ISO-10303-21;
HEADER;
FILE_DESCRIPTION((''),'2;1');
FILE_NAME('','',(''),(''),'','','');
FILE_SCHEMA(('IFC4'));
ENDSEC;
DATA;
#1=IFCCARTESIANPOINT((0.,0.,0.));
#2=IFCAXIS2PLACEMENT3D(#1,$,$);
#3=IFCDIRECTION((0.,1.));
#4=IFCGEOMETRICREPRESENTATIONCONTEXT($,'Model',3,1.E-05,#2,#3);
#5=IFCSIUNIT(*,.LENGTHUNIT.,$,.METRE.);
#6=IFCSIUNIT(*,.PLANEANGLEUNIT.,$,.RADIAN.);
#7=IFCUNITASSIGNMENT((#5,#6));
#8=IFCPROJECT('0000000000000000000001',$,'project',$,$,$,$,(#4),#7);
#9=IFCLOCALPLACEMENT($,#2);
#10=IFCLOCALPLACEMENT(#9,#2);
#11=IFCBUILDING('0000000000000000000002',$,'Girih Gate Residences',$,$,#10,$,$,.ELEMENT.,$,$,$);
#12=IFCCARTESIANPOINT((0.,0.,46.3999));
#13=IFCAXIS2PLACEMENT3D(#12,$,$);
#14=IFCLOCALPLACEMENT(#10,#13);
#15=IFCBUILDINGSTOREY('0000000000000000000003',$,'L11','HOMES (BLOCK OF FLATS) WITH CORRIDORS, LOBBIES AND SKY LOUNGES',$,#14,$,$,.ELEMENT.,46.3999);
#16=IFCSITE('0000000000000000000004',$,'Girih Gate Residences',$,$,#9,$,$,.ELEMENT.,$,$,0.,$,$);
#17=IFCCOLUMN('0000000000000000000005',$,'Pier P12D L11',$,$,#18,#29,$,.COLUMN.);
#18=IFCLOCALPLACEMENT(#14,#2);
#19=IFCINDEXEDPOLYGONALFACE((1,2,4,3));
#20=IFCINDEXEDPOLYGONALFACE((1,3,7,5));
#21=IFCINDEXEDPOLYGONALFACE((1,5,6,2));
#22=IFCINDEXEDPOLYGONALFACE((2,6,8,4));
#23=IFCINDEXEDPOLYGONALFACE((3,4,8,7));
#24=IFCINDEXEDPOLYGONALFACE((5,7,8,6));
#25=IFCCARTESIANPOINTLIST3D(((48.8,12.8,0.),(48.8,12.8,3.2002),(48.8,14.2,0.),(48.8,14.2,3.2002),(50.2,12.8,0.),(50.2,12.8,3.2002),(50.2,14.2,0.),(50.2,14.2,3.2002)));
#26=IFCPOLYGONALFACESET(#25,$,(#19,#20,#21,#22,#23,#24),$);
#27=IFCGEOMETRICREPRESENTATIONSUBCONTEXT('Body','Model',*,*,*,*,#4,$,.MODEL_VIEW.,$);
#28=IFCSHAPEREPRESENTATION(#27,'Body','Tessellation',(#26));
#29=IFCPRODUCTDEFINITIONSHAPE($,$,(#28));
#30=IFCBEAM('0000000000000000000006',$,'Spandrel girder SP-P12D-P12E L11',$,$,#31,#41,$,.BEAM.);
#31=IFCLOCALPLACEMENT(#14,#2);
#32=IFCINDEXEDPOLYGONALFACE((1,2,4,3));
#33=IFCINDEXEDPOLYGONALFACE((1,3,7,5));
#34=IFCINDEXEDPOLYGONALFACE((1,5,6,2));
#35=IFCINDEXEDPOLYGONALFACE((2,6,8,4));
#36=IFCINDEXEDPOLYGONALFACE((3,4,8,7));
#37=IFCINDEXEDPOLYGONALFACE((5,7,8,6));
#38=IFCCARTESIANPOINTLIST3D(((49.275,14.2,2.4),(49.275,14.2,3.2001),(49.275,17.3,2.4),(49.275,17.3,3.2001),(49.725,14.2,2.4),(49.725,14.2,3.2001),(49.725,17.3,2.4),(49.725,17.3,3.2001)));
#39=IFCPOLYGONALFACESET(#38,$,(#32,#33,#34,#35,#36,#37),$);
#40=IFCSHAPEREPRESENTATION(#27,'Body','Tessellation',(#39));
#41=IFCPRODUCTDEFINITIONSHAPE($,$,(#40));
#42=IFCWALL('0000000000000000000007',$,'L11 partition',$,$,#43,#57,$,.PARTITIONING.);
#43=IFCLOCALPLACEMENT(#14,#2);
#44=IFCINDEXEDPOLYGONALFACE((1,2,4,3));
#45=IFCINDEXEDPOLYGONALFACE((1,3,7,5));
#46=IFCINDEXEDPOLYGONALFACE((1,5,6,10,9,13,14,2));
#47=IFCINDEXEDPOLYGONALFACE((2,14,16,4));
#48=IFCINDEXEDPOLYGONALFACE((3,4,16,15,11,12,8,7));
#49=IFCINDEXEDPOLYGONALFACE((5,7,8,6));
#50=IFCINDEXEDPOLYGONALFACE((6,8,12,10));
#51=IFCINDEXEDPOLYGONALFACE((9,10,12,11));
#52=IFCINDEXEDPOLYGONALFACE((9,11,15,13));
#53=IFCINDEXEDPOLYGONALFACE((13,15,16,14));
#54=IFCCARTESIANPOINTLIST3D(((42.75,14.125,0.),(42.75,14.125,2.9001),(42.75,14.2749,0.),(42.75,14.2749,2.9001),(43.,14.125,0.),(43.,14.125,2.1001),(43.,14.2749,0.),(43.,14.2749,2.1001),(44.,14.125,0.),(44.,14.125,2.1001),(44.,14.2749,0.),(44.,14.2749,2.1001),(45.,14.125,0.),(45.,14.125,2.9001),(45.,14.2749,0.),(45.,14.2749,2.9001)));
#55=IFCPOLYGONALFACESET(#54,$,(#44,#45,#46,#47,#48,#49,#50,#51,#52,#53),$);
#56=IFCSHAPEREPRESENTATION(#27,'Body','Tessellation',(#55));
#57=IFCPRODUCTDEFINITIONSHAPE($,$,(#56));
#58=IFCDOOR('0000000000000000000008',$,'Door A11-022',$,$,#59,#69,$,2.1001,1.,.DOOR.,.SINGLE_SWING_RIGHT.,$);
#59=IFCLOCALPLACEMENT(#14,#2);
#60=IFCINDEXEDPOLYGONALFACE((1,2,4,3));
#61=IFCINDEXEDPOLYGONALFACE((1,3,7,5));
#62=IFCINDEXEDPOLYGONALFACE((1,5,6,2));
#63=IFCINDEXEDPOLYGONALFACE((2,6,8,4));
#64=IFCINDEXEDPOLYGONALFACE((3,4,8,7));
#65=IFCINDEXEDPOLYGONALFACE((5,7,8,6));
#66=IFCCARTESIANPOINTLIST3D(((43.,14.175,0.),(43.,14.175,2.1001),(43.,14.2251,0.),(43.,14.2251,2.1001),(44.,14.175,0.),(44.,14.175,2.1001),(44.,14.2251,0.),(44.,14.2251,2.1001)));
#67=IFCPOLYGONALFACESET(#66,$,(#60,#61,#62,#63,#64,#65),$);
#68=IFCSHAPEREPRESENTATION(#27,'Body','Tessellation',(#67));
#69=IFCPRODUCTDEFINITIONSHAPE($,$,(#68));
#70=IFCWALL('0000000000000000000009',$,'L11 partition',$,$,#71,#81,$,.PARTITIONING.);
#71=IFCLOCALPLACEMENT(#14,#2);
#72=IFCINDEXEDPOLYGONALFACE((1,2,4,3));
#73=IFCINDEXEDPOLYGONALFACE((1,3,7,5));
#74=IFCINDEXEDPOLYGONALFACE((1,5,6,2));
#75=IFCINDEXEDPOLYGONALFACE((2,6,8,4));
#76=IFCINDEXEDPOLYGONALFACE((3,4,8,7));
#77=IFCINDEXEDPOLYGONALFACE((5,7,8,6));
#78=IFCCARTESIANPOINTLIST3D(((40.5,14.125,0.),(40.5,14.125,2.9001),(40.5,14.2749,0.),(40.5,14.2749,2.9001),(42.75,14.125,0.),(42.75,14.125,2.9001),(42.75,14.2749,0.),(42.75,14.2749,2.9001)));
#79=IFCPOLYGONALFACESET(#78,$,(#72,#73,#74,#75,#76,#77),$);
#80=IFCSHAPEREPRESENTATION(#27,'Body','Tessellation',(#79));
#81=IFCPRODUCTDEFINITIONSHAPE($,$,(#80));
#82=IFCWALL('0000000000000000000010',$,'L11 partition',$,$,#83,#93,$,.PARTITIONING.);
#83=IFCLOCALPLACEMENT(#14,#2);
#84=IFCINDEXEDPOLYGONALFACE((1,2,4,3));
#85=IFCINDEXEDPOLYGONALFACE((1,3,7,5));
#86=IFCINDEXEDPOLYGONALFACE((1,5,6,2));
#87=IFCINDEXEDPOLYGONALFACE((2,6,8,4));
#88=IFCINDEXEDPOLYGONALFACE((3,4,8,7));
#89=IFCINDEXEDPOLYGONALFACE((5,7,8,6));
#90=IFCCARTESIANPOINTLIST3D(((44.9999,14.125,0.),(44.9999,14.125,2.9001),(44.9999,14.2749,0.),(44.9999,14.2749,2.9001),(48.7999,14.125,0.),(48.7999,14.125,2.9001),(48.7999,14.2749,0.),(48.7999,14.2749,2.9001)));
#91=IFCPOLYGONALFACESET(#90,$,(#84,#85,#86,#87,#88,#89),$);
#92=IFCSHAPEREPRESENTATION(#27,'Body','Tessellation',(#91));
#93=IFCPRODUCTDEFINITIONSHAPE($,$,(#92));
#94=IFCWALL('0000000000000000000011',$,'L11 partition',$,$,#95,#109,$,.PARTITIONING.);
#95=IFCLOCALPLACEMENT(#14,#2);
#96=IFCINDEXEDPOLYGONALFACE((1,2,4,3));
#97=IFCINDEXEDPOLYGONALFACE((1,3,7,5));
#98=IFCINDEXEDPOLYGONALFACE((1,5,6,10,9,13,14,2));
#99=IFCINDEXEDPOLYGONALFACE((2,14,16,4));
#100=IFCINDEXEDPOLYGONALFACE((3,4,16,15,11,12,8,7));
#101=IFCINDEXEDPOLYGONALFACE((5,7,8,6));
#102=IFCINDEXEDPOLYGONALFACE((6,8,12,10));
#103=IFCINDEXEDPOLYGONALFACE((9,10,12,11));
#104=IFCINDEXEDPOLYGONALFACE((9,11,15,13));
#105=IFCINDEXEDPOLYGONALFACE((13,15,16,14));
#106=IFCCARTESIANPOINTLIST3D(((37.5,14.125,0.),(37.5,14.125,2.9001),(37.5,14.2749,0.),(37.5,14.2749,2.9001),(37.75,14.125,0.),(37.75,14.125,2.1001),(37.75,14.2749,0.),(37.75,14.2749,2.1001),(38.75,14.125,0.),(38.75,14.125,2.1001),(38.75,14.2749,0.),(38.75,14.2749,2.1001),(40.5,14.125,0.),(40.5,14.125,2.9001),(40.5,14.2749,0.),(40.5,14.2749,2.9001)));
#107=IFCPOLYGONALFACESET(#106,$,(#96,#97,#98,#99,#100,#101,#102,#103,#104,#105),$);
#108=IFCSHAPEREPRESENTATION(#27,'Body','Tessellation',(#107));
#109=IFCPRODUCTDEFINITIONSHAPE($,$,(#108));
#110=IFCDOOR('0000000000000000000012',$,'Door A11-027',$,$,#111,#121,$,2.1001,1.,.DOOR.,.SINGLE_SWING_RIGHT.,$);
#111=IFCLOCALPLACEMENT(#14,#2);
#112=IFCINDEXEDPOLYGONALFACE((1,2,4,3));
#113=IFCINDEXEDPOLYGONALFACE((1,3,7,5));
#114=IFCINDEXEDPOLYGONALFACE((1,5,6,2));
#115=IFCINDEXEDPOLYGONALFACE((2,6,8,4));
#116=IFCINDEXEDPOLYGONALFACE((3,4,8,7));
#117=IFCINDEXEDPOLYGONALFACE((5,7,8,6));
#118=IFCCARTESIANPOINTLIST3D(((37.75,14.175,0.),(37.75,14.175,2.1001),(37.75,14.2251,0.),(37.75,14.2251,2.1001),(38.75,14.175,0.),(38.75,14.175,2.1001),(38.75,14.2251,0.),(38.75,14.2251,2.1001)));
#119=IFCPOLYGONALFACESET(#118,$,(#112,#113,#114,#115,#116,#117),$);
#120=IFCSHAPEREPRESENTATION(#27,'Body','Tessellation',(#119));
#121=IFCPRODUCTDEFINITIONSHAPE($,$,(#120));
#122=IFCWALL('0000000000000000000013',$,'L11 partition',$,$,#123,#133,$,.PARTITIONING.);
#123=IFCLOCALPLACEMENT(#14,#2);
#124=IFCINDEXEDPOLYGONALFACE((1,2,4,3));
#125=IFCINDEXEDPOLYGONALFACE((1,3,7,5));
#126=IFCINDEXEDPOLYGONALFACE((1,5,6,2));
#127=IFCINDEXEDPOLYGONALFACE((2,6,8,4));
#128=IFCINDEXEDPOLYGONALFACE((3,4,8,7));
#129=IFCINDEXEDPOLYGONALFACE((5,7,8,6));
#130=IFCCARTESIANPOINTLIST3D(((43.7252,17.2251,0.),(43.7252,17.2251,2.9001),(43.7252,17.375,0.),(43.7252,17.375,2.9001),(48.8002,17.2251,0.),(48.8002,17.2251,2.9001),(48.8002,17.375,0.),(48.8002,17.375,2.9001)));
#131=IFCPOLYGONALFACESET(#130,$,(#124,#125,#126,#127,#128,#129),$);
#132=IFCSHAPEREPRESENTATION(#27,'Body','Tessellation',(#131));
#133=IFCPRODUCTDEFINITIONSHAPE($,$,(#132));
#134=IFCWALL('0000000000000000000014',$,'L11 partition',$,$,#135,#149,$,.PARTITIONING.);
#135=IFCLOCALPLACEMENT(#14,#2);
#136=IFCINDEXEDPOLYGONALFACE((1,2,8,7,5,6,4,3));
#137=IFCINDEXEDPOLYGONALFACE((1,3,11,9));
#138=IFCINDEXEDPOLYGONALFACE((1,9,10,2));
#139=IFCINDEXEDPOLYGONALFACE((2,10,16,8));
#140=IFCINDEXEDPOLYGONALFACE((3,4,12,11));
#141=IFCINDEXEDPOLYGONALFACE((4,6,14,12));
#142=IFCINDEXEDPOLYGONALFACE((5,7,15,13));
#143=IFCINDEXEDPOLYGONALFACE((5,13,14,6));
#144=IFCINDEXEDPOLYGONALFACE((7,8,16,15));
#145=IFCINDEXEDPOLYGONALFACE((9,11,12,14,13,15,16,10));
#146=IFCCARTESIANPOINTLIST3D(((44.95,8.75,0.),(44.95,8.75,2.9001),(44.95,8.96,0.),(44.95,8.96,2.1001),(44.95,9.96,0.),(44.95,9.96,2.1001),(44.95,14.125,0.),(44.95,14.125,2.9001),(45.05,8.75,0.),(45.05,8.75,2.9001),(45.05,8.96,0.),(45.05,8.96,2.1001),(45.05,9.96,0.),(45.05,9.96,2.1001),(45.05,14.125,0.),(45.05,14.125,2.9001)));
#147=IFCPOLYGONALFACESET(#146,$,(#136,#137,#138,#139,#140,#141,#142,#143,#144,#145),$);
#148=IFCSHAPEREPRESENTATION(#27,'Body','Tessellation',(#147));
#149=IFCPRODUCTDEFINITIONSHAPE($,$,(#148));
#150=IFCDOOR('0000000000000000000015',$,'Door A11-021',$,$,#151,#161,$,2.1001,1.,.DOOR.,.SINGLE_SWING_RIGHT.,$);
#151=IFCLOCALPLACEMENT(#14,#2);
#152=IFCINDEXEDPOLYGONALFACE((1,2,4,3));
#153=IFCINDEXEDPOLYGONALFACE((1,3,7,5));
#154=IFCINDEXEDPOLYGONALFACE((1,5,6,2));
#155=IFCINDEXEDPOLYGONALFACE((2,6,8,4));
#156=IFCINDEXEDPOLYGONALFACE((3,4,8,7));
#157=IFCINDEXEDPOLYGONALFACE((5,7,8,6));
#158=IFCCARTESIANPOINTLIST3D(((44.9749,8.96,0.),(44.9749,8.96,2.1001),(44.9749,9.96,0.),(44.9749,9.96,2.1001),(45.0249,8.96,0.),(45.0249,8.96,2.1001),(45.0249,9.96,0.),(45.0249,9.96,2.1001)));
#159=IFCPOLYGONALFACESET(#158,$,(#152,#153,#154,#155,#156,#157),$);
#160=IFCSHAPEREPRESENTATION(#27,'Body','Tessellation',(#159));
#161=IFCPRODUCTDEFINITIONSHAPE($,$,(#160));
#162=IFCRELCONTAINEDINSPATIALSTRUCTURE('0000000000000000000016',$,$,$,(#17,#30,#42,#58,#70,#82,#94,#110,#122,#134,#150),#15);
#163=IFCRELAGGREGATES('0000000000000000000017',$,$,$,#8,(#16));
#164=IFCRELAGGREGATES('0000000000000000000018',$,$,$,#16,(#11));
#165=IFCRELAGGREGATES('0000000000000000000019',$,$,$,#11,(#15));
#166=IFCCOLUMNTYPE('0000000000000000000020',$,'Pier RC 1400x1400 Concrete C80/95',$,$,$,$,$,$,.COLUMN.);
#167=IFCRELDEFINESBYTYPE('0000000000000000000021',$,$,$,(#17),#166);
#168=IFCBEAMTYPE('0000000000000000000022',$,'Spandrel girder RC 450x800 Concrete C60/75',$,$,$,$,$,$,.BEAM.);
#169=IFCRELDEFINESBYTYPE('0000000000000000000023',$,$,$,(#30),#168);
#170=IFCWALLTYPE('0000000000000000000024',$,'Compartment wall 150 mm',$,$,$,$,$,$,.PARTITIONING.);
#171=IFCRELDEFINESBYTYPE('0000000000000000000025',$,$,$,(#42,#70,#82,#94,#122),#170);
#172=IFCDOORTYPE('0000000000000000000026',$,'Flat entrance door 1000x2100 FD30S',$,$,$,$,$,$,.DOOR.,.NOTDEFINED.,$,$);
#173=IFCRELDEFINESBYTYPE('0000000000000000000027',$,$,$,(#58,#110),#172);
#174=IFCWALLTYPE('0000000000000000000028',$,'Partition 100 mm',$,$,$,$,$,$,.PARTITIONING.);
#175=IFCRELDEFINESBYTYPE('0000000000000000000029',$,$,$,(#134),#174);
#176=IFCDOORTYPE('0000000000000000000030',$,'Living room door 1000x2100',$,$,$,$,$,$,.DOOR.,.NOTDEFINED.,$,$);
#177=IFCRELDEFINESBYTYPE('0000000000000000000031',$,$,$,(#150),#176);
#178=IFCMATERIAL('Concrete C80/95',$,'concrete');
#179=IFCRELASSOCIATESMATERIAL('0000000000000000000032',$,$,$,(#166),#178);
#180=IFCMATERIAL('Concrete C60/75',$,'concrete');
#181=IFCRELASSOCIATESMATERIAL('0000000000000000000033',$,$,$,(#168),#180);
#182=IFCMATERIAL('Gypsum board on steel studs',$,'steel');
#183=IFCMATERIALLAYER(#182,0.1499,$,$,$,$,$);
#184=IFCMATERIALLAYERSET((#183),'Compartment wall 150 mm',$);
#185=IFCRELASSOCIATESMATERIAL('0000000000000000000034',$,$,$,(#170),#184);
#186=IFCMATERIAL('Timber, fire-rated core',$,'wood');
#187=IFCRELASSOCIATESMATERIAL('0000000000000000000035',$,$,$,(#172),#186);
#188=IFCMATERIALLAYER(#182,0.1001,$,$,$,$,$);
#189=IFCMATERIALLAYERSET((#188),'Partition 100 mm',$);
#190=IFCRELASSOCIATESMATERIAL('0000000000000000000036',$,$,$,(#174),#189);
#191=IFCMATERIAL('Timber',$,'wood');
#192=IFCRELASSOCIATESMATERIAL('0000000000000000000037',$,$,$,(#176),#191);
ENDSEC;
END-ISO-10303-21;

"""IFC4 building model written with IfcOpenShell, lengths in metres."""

from ifc_helpers import new_model, si_unit, direction, frame, frame_2d, origin, origin_2d, place, context, subcontext, project, spatial, rectangle, extrude, material, layer, layer_set, material_profile, profile_set, type_object, element, fill, save


model = new_model("IFC4")

# Units and contexts
model_context = context("Model", 3, precision=1e-05, world=origin(), true_north=direction((0.0, 1.0)))
body_context = subcontext(model_context, "Body", "Model", "MODEL_VIEW")
ifc_project = project(units=[si_unit("LENGTHUNIT", "METRE"), si_unit("PLANEANGLEUNIT", "RADIAN")], contexts=[model_context])

# Site, building, storey
site_placement = place(None, origin())
site = spatial("IfcSite", under=ifc_project, at=site_placement, Name="Girih Gate Residences", CompositionType="ELEMENT", RefElevation=0.0)
building_placement = place(site_placement, origin())
building = spatial("IfcBuilding", under=site, at=building_placement, Name="Girih Gate Residences", CompositionType="ELEMENT")
storey_placement = place(building_placement, frame((0.0, 0.0, 46.3999)))
storey = spatial("IfcBuildingStorey", under=building, at=storey_placement, Name="L11", Description="HOMES (BLOCK OF FLATS) WITH CORRIDORS, LOBBIES AND SKY LOUNGES", CompositionType="ELEMENT", Elevation=46.3999)

# Column
ifc_material_1 = material(Name="Concrete C80/95", Category="concrete")
ifc_material_profile_1 = material_profile(ifc_material_1, rectangle(XDim=1.3999, YDim=1.3999, at=origin_2d()))
ifc_profile_set_1 = profile_set([ifc_material_profile_1], Name="Concrete C80/95")
column_type = type_object("IfcColumnType", Name="Pier RC 1400x1400 Concrete C80/95", PredefinedType="COLUMN", material=ifc_profile_set_1)
column_placement = place(storey_placement, frame((49.5, 13.5, 0.0), z_axis=(0.0, 0.0, 1.0), x_axis=(1.0, 0.0, 0.0)))
element("IfcColumn", 1, at=column_placement, inside=storey, type_object=column_type, Name="Pier P12D L11", PredefinedType="COLUMN", context=body_context, shape_type="SweptSolid", body=[
    extrude(rectangle(XDim=1.3999, YDim=1.3999, at=origin_2d()), origin(), (0.0, 0.0, 1.0), 3.2002),
])

# Beam
ifc_material_2 = material(Name="Concrete C60/75", Category="concrete")
ifc_material_profile_2 = material_profile(ifc_material_2, rectangle(XDim=0.45, YDim=0.8, at=origin_2d()))
ifc_profile_set_2 = profile_set([ifc_material_profile_2], Name="Concrete C60/75")
beam_type = type_object("IfcBeamType", Name="Spandrel girder RC 450x800 Concrete C60/75", PredefinedType="BEAM", material=ifc_profile_set_2)
beam_placement = place(storey_placement, frame((49.5, 14.2, 2.8), z_axis=(0.0, 1.0, 0.0), x_axis=(-1.0, 0.0, 0.0)))
element("IfcBeam", 2, at=beam_placement, inside=storey, type_object=beam_type, Name="Spandrel girder SP-P12D-P12E L11", PredefinedType="BEAM", context=body_context, shape_type="SweptSolid", body=[
    extrude(rectangle(XDim=0.45, YDim=0.8, at=origin_2d()), origin(), (0.0, 0.0, 1.0), 3.1001),
])

# Wall, opening, door
ifc_material_3 = material(Name="Gypsum board on steel studs", Category="steel")
ifc_layer_1 = layer(ifc_material_3, 0.1499)
ifc_layer_set_1 = layer_set([ifc_layer_1], Name="Compartment wall 150 mm")
wall_type_1 = type_object("IfcWallType", Name="Compartment wall 150 mm", PredefinedType="PARTITIONING", material=ifc_layer_set_1)
wall_1_placement = place(storey_placement, frame((45.0, 14.2, 0.0), z_axis=(0.0, 0.0, 1.0), x_axis=(-1.0, 0.0, 0.0)))
wall_1 = element("IfcWall", 3, at=wall_1_placement, inside=storey, type_object=wall_type_1, Name="L11 partition", PredefinedType="PARTITIONING", context=body_context, shape_type="SweptSolid", body=[
    extrude(rectangle(XDim=2.25, YDim=0.1499, at=frame_2d((1.125, 0.0))), origin(), (0.0, 0.0, 1.0), 2.9001),
])
opening_1_placement = place(wall_1_placement, frame((1.0, 0.0, 0.0)))
opening_1 = element("IfcOpeningElement", 4, at=opening_1_placement, cuts=wall_1, PredefinedType="OPENING", context=body_context, shape_type="SweptSolid", body=[
    extrude(rectangle(XDim=1.0, YDim=2.1001, at=frame_2d((0.5, 1.05))), frame((0.0, 0.085, 0.0), z_axis=(0.0, -1.0, 0.0), x_axis=(1.0, 0.0, 0.0)), (0.0, 0.0, 1.0), 0.1699),
])
ifc_material_4 = material(Name="Timber, fire-rated core", Category="wood")
door_type_1 = type_object("IfcDoorType", Name="Flat entrance door 1000x2100 FD30S", OperationType="NOTDEFINED", PredefinedType="DOOR", material=ifc_material_4)
door_1_placement = place(opening_1_placement, origin())
door_1 = element("IfcDoor", 5, at=door_1_placement, inside=storey, type_object=door_type_1, Name="Door A11-022", OperationType="SINGLE_SWING_RIGHT", OverallHeight=2.1001, OverallWidth=1.0, PredefinedType="DOOR", context=body_context, shape_type="SweptSolid", body=[
    extrude(rectangle(XDim=1.0, YDim=2.1001, at=frame_2d((0.5, 1.05))), frame((0.0, 0.0249, 0.0), z_axis=(0.0, -1.0, 0.0), x_axis=(1.0, 0.0, 0.0)), (0.0, 0.0, 1.0), 0.05),
])
fill(opening_1, door_1)

# Walls
wall_2_placement = place(storey_placement, frame((40.5, 14.2, 0.0), z_axis=(0.0, 0.0, 1.0), x_axis=(1.0, 0.0, 0.0)))
element("IfcWall", 6, at=wall_2_placement, inside=storey, type_object=wall_type_1, Name="L11 partition", PredefinedType="PARTITIONING", context=body_context, shape_type="SweptSolid", body=[
    extrude(rectangle(XDim=2.25, YDim=0.1499, at=frame_2d((1.125, 0.0))), origin(), (0.0, 0.0, 1.0), 2.9001),
])
wall_3_placement = place(storey_placement, frame((45.0, 14.2, 0.0), z_axis=(0.0, 0.0, 1.0), x_axis=(1.0, 0.0, 0.0)))
element("IfcWall", 7, at=wall_3_placement, inside=storey, type_object=wall_type_1, Name="L11 partition", PredefinedType="PARTITIONING", context=body_context, shape_type="SweptSolid", body=[
    extrude(rectangle(XDim=3.8, YDim=0.1499, at=frame_2d((1.8999, 0.0))), origin(), (0.0, 0.0, 1.0), 2.9001),
])

# Wall, opening, door
wall_4_placement = place(storey_placement, frame((40.5, 14.2, 0.0), z_axis=(0.0, 0.0, 1.0), x_axis=(-1.0, 0.0, 0.0)))
wall_4 = element("IfcWall", 8, at=wall_4_placement, inside=storey, type_object=wall_type_1, Name="L11 partition", PredefinedType="PARTITIONING", context=body_context, shape_type="SweptSolid", body=[
    extrude(rectangle(XDim=3.0, YDim=0.1499, at=frame_2d((1.5, 0.0))), origin(), (0.0, 0.0, 1.0), 2.9001),
])
opening_2_placement = place(wall_4_placement, frame((1.75, 0.0, 0.0)))
opening_2 = element("IfcOpeningElement", 9, at=opening_2_placement, cuts=wall_4, PredefinedType="OPENING", context=body_context, shape_type="SweptSolid", body=[
    extrude(rectangle(XDim=1.0, YDim=2.1001, at=frame_2d((0.5, 1.05))), frame((0.0, 0.085, 0.0), z_axis=(0.0, -1.0, 0.0), x_axis=(1.0, 0.0, 0.0)), (0.0, 0.0, 1.0), 0.1699),
])
door_2_placement = place(opening_2_placement, origin())
door_2 = element("IfcDoor", 10, at=door_2_placement, inside=storey, type_object=door_type_1, Name="Door A11-027", OperationType="SINGLE_SWING_RIGHT", OverallHeight=2.1001, OverallWidth=1.0, PredefinedType="DOOR", context=body_context, shape_type="SweptSolid", body=[
    extrude(rectangle(XDim=1.0, YDim=2.1001, at=frame_2d((0.5, 1.05))), frame((0.0, 0.0249, 0.0), z_axis=(0.0, -1.0, 0.0), x_axis=(1.0, 0.0, 0.0)), (0.0, 0.0, 1.0), 0.05),
])
fill(opening_2, door_2)

# Wall
wall_5_placement = place(storey_placement, frame((43.7251, 17.3, 0.0), z_axis=(0.0, 0.0, 1.0), x_axis=(1.0, 0.0, 0.0)))
element("IfcWall", 11, at=wall_5_placement, inside=storey, type_object=wall_type_1, Name="L11 partition", PredefinedType="PARTITIONING", context=body_context, shape_type="SweptSolid", body=[
    extrude(rectangle(XDim=5.075, YDim=0.1499, at=frame_2d((2.5376, 0.0))), origin(), (0.0, 0.0, 1.0), 2.9001),
])

# Wall, opening, door
ifc_layer_2 = layer(ifc_material_3, 0.1001)
ifc_layer_set_2 = layer_set([ifc_layer_2], Name="Partition 100 mm")
wall_type_2 = type_object("IfcWallType", Name="Partition 100 mm", PredefinedType="PARTITIONING", material=ifc_layer_set_2)
wall_6_placement = place(storey_placement, frame((45.0, 14.125, 0.0), z_axis=(0.0, 0.0, 1.0), x_axis=(0.0, -1.0, 0.0)))
wall_6 = element("IfcWall", 12, at=wall_6_placement, inside=storey, type_object=wall_type_2, Name="L11 partition", PredefinedType="PARTITIONING", context=body_context, shape_type="SweptSolid", body=[
    extrude(rectangle(XDim=5.375, YDim=0.1001, at=frame_2d((2.6875, 0.0))), origin(), (0.0, 0.0, 1.0), 2.9001),
])
opening_3_placement = place(wall_6_placement, frame((4.165, 0.0, 0.0)))
opening_3 = element("IfcOpeningElement", 13, at=opening_3_placement, cuts=wall_6, PredefinedType="OPENING", context=body_context, shape_type="SweptSolid", body=[
    extrude(rectangle(XDim=1.0, YDim=2.1001, at=frame_2d((0.5, 1.05))), frame((0.0, 0.0601, 0.0), z_axis=(0.0, -1.0, 0.0), x_axis=(1.0, 0.0, 0.0)), (0.0, 0.0, 1.0), 0.1201),
])
ifc_material_5 = material(Name="Timber", Category="wood")
door_type_2 = type_object("IfcDoorType", Name="Living room door 1000x2100", OperationType="NOTDEFINED", PredefinedType="DOOR", material=ifc_material_5)
door_3_placement = place(opening_3_placement, origin())
door_3 = element("IfcDoor", 14, at=door_3_placement, inside=storey, type_object=door_type_2, Name="Door A11-021", OperationType="SINGLE_SWING_RIGHT", OverallHeight=2.1001, OverallWidth=1.0, PredefinedType="DOOR", context=body_context, shape_type="SweptSolid", body=[
    extrude(rectangle(XDim=1.0, YDim=2.1001, at=frame_2d((0.5, 1.05))), frame((0.0, 0.0249, 0.0), z_axis=(0.0, -1.0, 0.0), x_axis=(1.0, 0.0, 0.0)), (0.0, 0.0, 1.0), 0.05),
])
fill(opening_3, door_3)

save(model, "model.ifc")
